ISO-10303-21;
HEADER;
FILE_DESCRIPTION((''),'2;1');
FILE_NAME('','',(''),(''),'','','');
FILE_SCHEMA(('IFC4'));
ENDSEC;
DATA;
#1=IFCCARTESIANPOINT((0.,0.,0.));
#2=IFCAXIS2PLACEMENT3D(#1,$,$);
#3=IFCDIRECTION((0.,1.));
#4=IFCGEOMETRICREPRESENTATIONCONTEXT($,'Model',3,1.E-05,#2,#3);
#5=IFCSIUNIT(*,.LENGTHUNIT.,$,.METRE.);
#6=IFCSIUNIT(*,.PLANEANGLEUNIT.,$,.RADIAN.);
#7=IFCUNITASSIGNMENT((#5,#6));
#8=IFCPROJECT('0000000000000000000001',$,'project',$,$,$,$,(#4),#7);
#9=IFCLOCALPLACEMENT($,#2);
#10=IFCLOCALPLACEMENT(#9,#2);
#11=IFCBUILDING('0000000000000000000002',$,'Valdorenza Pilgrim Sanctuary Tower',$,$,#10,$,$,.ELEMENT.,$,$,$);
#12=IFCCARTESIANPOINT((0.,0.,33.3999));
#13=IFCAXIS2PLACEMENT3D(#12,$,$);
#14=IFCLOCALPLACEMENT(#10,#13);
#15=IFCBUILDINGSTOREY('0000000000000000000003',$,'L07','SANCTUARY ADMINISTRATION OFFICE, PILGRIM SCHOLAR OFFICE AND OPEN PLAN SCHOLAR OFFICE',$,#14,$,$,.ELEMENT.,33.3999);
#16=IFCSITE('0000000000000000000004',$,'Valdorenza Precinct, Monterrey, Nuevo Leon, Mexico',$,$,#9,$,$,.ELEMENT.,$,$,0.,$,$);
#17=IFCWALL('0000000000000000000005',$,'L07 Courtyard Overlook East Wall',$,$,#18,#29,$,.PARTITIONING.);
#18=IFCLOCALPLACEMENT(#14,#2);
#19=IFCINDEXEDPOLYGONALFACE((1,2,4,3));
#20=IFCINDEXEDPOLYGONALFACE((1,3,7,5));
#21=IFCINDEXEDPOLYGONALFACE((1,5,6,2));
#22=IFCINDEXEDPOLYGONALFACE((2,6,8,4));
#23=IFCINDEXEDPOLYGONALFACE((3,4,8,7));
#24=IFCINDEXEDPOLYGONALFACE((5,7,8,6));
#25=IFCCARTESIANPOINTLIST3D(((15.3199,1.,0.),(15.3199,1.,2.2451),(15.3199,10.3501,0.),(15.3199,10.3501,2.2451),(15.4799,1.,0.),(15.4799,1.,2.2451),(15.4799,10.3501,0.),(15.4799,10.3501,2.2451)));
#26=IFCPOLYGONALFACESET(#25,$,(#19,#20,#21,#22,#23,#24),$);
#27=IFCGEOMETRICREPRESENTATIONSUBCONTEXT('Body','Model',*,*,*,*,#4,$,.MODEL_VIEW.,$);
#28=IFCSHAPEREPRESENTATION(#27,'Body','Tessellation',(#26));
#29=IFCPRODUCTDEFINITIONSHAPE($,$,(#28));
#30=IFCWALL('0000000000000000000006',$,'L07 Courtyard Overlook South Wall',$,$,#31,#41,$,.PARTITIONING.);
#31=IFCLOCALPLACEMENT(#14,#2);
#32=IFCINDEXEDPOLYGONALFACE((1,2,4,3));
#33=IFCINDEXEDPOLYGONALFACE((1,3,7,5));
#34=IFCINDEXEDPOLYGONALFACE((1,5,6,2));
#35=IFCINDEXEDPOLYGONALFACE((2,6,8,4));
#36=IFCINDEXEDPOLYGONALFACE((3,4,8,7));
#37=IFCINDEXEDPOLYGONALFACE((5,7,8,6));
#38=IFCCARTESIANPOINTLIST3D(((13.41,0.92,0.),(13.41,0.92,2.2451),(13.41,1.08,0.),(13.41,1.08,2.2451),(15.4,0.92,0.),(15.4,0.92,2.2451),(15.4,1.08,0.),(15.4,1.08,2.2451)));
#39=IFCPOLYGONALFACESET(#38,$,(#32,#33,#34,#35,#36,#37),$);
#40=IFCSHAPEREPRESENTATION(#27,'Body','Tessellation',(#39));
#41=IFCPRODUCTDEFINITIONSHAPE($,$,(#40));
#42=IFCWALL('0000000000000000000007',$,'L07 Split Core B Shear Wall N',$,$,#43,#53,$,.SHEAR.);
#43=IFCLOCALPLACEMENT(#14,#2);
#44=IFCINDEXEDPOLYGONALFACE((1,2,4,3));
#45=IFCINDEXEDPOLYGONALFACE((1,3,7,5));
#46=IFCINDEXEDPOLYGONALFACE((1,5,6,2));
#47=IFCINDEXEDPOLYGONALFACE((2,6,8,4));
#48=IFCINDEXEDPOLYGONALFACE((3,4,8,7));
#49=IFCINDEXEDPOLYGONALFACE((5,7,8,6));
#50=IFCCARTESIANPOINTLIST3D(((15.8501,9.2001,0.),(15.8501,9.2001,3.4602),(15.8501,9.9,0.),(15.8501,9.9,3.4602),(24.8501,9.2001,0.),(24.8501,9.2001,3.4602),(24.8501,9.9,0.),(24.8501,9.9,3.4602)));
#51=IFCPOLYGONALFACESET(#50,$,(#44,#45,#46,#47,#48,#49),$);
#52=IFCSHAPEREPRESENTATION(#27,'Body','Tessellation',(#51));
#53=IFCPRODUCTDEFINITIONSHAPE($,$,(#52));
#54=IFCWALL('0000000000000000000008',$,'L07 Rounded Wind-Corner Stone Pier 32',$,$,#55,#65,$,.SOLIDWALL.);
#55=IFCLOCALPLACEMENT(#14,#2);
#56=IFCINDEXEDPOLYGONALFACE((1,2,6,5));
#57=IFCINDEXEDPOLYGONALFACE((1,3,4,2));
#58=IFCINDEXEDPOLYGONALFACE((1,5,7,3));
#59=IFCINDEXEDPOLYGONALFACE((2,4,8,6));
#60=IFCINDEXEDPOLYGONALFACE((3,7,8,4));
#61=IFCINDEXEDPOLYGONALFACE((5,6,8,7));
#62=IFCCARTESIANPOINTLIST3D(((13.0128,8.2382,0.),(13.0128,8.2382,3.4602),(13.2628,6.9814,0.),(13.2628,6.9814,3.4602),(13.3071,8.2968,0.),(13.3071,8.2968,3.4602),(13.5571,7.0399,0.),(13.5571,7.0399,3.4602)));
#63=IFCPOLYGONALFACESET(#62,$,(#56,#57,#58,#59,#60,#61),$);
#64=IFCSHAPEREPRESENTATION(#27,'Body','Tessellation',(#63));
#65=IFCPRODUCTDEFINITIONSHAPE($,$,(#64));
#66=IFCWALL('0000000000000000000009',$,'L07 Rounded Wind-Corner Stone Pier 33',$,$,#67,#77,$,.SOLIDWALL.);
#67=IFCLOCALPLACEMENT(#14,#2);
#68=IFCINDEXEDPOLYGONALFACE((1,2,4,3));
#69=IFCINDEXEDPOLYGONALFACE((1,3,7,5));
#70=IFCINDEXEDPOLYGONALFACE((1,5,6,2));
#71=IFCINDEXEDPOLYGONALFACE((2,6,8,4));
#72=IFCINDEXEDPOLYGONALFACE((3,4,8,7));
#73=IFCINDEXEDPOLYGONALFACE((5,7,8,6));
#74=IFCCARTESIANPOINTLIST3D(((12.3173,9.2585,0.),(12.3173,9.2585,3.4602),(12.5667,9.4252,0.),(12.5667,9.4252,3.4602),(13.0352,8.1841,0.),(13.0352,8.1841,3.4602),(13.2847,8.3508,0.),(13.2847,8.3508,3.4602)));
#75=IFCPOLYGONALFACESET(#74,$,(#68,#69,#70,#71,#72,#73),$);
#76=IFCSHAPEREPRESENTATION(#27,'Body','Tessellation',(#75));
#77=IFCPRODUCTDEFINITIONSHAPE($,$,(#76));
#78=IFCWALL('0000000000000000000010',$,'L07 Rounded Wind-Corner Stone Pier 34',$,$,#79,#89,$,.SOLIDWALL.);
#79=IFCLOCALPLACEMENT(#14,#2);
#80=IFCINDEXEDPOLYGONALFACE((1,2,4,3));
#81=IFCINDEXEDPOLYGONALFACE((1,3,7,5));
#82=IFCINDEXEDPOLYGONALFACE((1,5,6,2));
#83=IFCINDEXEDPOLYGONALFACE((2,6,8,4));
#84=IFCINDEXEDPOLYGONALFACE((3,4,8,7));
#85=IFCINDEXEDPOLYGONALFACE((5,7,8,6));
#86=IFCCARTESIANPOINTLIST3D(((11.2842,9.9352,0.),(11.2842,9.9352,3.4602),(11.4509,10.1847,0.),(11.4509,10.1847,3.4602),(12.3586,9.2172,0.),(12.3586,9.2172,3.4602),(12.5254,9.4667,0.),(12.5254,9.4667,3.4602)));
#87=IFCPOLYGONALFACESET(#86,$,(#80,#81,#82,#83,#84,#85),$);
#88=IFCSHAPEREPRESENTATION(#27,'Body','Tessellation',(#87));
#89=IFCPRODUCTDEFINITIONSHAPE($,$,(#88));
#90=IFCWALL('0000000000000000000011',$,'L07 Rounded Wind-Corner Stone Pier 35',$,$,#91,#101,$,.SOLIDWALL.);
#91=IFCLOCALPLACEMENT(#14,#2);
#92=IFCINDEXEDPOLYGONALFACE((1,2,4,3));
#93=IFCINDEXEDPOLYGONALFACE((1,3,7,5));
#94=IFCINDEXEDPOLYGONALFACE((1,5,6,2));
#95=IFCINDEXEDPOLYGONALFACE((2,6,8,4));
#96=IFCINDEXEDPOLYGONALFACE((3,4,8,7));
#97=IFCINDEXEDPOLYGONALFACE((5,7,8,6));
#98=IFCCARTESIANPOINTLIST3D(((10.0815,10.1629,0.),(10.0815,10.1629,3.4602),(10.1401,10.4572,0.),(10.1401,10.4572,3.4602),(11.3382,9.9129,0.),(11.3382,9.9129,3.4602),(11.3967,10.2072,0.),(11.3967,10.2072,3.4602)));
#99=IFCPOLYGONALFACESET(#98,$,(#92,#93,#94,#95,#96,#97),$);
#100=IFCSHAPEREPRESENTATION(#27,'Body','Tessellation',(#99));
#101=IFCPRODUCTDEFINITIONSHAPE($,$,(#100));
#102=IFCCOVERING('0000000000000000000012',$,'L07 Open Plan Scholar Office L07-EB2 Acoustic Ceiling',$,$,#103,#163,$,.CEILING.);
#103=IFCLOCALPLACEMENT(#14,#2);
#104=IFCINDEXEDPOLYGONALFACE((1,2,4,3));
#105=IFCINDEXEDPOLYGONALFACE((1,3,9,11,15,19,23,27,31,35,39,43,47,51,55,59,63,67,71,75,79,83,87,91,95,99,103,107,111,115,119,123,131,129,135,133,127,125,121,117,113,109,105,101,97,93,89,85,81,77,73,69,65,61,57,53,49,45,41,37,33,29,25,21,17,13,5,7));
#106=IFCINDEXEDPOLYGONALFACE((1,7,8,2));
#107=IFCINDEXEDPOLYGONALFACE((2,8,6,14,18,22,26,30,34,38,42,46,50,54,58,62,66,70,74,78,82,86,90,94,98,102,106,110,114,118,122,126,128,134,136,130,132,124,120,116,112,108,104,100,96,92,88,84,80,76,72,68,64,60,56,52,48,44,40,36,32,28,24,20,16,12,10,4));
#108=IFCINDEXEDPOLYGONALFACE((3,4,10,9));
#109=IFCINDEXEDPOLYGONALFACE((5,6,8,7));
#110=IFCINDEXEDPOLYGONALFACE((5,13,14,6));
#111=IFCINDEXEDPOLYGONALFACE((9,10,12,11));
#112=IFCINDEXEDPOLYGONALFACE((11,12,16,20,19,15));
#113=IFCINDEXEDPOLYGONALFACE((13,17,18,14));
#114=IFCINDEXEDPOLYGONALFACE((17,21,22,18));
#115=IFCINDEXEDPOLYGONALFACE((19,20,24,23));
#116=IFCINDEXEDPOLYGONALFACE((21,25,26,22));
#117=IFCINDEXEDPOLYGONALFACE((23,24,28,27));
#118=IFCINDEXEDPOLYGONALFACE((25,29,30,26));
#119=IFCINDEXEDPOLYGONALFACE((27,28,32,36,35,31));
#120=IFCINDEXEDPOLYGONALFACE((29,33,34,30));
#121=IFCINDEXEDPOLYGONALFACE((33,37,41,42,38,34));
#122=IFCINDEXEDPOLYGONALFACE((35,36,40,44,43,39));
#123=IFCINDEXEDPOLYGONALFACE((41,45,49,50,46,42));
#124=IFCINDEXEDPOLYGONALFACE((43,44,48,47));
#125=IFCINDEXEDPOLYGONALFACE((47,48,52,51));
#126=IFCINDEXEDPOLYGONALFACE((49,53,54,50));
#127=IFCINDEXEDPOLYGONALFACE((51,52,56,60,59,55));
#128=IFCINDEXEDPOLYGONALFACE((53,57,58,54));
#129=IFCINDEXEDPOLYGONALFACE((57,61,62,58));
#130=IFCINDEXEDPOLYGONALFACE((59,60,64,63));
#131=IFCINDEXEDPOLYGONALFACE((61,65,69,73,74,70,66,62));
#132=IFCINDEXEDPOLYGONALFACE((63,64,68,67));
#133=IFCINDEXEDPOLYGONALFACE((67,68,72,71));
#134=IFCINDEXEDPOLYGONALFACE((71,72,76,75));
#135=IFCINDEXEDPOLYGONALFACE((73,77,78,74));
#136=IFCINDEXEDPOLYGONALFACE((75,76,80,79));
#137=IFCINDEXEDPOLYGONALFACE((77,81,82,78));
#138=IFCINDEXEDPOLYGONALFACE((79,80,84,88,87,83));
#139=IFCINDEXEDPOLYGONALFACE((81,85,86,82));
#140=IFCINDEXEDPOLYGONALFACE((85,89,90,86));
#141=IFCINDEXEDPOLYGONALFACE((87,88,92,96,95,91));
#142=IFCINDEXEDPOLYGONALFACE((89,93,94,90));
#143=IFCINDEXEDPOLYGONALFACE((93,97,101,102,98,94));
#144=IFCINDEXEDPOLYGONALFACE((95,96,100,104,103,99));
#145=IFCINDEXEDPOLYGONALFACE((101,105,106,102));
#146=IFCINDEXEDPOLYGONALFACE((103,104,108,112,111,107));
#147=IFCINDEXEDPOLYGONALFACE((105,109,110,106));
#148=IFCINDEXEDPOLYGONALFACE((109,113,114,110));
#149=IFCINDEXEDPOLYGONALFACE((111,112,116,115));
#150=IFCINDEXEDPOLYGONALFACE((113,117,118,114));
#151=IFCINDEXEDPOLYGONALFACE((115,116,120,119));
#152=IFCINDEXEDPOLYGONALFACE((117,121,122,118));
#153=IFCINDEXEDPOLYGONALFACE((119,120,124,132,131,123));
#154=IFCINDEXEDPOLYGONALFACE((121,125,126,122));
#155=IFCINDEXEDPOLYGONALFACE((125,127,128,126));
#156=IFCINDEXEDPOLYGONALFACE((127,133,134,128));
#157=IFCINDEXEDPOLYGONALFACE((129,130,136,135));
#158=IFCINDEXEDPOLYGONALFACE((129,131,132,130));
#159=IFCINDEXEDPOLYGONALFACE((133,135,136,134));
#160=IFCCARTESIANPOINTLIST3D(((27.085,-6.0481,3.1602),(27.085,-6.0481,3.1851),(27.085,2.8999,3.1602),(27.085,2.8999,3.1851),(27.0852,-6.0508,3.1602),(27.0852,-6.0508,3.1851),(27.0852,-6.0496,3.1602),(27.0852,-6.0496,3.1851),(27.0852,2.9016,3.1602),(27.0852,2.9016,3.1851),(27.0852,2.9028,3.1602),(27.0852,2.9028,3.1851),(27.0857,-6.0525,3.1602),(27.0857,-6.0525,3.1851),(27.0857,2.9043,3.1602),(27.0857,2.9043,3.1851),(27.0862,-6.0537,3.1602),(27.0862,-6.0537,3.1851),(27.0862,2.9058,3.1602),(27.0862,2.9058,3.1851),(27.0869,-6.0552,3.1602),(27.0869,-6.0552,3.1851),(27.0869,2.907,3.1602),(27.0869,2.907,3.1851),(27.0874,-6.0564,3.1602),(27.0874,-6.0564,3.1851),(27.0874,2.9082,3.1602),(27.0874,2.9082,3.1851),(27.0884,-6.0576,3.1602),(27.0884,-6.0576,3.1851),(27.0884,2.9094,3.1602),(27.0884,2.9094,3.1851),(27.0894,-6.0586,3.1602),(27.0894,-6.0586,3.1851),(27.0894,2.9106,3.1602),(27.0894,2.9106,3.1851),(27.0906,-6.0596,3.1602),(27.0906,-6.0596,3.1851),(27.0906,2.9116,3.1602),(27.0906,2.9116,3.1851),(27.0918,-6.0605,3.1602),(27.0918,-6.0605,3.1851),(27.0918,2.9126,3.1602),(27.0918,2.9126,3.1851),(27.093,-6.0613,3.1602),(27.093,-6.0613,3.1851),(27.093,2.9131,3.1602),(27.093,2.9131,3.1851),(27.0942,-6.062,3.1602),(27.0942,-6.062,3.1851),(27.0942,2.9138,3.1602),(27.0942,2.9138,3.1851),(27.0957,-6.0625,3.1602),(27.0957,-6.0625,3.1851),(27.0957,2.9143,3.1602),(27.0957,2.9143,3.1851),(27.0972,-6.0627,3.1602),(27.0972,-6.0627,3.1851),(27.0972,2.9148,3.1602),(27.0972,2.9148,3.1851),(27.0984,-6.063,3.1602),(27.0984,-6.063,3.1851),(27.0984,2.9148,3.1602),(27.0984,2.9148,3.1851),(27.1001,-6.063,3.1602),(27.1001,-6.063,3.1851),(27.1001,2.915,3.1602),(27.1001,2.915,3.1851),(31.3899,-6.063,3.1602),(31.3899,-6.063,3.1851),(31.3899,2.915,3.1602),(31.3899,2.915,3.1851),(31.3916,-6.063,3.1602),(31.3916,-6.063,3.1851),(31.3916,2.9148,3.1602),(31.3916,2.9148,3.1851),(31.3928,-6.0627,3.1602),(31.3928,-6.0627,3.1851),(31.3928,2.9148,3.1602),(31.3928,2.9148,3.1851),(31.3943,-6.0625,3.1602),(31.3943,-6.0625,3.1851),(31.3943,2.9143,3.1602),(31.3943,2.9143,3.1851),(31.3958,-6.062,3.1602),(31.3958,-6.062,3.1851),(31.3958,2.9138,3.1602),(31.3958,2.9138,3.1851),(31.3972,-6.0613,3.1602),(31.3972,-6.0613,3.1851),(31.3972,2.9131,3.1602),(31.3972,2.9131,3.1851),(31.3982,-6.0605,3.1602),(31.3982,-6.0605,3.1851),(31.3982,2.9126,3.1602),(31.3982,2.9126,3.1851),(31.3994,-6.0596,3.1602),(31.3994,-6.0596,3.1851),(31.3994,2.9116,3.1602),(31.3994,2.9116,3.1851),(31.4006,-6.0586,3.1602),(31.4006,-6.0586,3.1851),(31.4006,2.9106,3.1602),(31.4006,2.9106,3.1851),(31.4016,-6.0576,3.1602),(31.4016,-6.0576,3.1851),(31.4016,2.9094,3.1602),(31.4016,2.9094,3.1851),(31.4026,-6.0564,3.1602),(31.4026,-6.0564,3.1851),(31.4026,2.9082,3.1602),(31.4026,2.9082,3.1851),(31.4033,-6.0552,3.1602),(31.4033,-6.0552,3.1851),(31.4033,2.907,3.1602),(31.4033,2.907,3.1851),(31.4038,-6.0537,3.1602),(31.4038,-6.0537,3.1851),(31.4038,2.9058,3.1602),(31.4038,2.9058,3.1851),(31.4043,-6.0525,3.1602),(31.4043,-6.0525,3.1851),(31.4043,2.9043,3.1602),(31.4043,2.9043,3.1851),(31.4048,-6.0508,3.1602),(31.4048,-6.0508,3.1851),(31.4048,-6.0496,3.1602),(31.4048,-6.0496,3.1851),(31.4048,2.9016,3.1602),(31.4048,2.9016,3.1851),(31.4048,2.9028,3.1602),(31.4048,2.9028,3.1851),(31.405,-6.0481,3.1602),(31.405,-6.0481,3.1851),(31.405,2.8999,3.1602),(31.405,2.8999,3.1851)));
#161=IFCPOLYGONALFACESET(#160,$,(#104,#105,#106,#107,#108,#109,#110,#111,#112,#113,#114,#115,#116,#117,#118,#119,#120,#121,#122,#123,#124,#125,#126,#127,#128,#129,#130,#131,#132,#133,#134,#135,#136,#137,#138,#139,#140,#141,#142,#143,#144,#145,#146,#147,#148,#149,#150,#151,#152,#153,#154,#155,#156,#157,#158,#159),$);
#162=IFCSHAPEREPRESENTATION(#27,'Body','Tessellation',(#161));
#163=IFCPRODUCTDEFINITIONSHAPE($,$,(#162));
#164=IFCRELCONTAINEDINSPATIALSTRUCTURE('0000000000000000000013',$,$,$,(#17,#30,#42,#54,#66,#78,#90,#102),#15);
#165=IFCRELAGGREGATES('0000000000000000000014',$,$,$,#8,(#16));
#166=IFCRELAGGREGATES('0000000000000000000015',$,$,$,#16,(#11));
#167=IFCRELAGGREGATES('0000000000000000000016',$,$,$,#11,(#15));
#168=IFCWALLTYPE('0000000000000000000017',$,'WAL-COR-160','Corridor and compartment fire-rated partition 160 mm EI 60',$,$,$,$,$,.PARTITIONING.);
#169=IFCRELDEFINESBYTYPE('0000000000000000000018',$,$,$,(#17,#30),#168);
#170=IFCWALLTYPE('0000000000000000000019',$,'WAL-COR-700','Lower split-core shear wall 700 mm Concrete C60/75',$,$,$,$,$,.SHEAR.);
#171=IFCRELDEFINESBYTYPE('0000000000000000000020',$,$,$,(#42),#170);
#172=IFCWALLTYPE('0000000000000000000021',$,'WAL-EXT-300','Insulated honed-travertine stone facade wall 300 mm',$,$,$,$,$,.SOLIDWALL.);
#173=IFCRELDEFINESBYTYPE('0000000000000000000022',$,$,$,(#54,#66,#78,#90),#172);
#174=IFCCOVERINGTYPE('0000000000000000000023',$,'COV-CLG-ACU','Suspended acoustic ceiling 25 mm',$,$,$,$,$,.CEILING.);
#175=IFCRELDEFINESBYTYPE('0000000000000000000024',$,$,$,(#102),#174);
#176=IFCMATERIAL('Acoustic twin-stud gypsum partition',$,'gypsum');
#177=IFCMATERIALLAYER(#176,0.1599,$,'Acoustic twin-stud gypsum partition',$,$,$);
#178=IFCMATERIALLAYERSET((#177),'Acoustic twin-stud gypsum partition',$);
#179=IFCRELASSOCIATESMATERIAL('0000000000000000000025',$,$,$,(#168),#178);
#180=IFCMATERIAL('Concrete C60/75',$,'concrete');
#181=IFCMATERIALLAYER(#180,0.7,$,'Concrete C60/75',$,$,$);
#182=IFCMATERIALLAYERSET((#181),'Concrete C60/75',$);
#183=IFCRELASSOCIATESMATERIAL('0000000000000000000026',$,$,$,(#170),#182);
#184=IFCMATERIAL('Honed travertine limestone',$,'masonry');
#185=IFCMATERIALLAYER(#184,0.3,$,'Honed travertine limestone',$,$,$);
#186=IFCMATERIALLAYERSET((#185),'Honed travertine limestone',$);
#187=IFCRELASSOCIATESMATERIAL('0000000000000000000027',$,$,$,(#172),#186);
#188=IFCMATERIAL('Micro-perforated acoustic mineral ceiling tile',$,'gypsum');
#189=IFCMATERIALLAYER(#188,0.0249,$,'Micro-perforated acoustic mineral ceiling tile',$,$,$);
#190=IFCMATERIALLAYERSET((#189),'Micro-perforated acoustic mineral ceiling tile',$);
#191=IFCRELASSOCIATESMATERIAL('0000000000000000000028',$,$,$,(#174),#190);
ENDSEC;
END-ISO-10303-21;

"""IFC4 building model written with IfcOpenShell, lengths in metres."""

from ifc_helpers import new_model, si_unit, direction, frame, frame_2d, origin, place, context, subcontext, project, spatial, polyline, rectangle, outline, extrude, material, layer, layer_set, type_object, element, save


model = new_model("IFC4")

# Units and contexts
model_context = context("Model", 3, precision=1e-05, world=origin(), true_north=direction((0.0, 1.0)))
body_context = subcontext(model_context, "Body", "Model", "MODEL_VIEW")
ifc_project = project(units=[si_unit("LENGTHUNIT", "METRE"), si_unit("PLANEANGLEUNIT", "RADIAN")], contexts=[model_context])

# Site, building, storey
site_placement = place(None, origin())
site = spatial("IfcSite", under=ifc_project, at=site_placement, Name="Valdorenza Precinct, Monterrey, Nuevo Leon, Mexico", CompositionType="ELEMENT", RefElevation=0.0)
building_placement = place(site_placement, origin())
building = spatial("IfcBuilding", under=site, at=building_placement, Name="Valdorenza Pilgrim Sanctuary Tower", CompositionType="ELEMENT")
storey_placement = place(building_placement, frame((0.0, 0.0, 33.3999)))
storey = spatial("IfcBuildingStorey", under=building, at=storey_placement, Name="L07", Description="SANCTUARY ADMINISTRATION OFFICE, PILGRIM SCHOLAR OFFICE AND OPEN PLAN SCHOLAR OFFICE", CompositionType="ELEMENT", Elevation=33.3999)

# Shared definitions
ifc_material_1 = material(Name="Concrete C60/75", Category="concrete")

# Shared definitions
ifc_material_2 = material(Name="Honed travertine limestone", Category="masonry")

# Shared definitions
ifc_material_3 = material(Name="Acoustic twin-stud gypsum partition", Category="gypsum")
ifc_layer_1 = layer(ifc_material_3, 0.1599, Name="Acoustic twin-stud gypsum partition")
ifc_layer_set_1 = layer_set([ifc_layer_1], Name="Acoustic twin-stud gypsum partition")
wall_type_1 = type_object("IfcWallType", Name="WAL-COR-160", Description="Corridor and compartment fire-rated partition 160 mm EI 60", PredefinedType="PARTITIONING", material=ifc_layer_set_1)

# Walls
wall_1_placement = place(storey_placement, frame((15.3999, 1.0, 0.0), z_axis=(0.0, 0.0, 1.0), x_axis=(0.0, 1.0, 0.0)))
element("IfcWall", 1, at=wall_1_placement, inside=storey, type_object=wall_type_1, Name="L07 Courtyard Overlook East Wall", PredefinedType="PARTITIONING", context=body_context, shape_type="SweptSolid", body=[
    extrude(rectangle(XDim=9.3501, YDim=0.1599, at=frame_2d((4.675, 0.0))), origin(), (0.0, 0.0, 1.0), 2.2451),
])
wall_2_placement = place(storey_placement, frame((13.4099, 1.0, 0.0), z_axis=(0.0, 0.0, 1.0), x_axis=(1.0, 0.0, 0.0)))
element("IfcWall", 2, at=wall_2_placement, inside=storey, type_object=wall_type_1, Name="L07 Courtyard Overlook South Wall", PredefinedType="PARTITIONING", context=body_context, shape_type="SweptSolid", body=[
    extrude(rectangle(XDim=1.99, YDim=0.1599, at=frame_2d((0.9951, 0.0))), origin(), (0.0, 0.0, 1.0), 2.2451),
])
ifc_layer_2 = layer(ifc_material_1, 0.7, Name="Concrete C60/75")
ifc_layer_set_2 = layer_set([ifc_layer_2], Name="Concrete C60/75")
wall_type_2 = type_object("IfcWallType", Name="WAL-COR-700", Description="Lower split-core shear wall 700 mm Concrete C60/75", PredefinedType="SHEAR", material=ifc_layer_set_2)
wall_3_placement = place(storey_placement, frame((15.8501, 9.55, 0.0), z_axis=(0.0, 0.0, 1.0), x_axis=(1.0, 0.0, 0.0)))
element("IfcWall", 3, at=wall_3_placement, inside=storey, type_object=wall_type_2, Name="L07 Split Core B Shear Wall N", PredefinedType="SHEAR", context=body_context, shape_type="SweptSolid", body=[
    extrude(rectangle(XDim=9.0, YDim=0.7, at=frame_2d((4.5, 0.0))), origin(), (0.0, 0.0, 1.0), 3.4602),
])
ifc_layer_3 = layer(ifc_material_2, 0.3, Name="Honed travertine limestone")
ifc_layer_set_3 = layer_set([ifc_layer_3], Name="Honed travertine limestone")
wall_type_3 = type_object("IfcWallType", Name="WAL-EXT-300", Description="Insulated honed-travertine stone facade wall 300 mm", PredefinedType="SOLIDWALL", material=ifc_layer_set_3)
wall_4_placement = place(storey_placement, frame((13.4099, 7.0107, 0.0), z_axis=(0.0, 0.0, 1.0), x_axis=(-0.19509, 0.980785, 0.0)))
element("IfcWall", 4, at=wall_4_placement, inside=storey, type_object=wall_type_3, Name="L07 Rounded Wind-Corner Stone Pier 32", PredefinedType="SOLIDWALL", context=body_context, shape_type="SweptSolid", body=[
    extrude(rectangle(XDim=1.2815, YDim=0.3, at=frame_2d((0.6406, 0.0))), origin(), (0.0, 0.0, 1.0), 3.4602),
])
for number, where, z_axis, x_axis, name in (
    (5, (13.1599, 8.2676, 0.0), (0.0, 0.0, 1.0), (-0.555615, 0.831439, 0.0), "L07 Rounded Wind-Corner Stone Pier 33"),
    (6, (12.4419, 9.342, 0.0), (0.0, 0.0, 1.0), (-0.831439, 0.555615, 0.0), "L07 Rounded Wind-Corner Stone Pier 34"),
):
    element("IfcWall", number, at=place(storey_placement, frame(where, z_axis=z_axis, x_axis=x_axis)), inside=storey, type_object=wall_type_3, Name=name, PredefinedType="SOLIDWALL", context=body_context, shape_type="SweptSolid", body=[
        extrude(rectangle(XDim=1.2922, YDim=0.3, at=frame_2d((0.646, 0.0))), origin(), (0.0, 0.0, 1.0), 3.4602),
    ])
wall_5_placement = place(storey_placement, frame((11.3674, 10.0601, 0.0), z_axis=(0.0, 0.0, 1.0), x_axis=(-0.980778, 0.195127, 0.0)))
element("IfcWall", 7, at=wall_5_placement, inside=storey, type_object=wall_type_3, Name="L07 Rounded Wind-Corner Stone Pier 35", PredefinedType="SOLIDWALL", context=body_context, shape_type="SweptSolid", body=[
    extrude(rectangle(XDim=1.2812, YDim=0.3, at=frame_2d((0.6406, 0.0))), origin(), (0.0, 0.0, 1.0), 3.4602),
])

# Covering
ifc_material_4 = material(Name="Micro-perforated acoustic mineral ceiling tile", Category="gypsum")
ifc_layer_4 = layer(ifc_material_4, 0.0249, Name="Micro-perforated acoustic mineral ceiling tile")
ifc_layer_set_4 = layer_set([ifc_layer_4], Name="Micro-perforated acoustic mineral ceiling tile")
covering_type_1 = type_object("IfcCoveringType", Name="COV-CLG-ACU", Description="Suspended acoustic ceiling 25 mm", PredefinedType="CEILING", material=ifc_layer_set_4)
covering_1_placement = place(storey_placement, frame((0.0, 0.0, 3.1602)))
element("IfcCovering", 8, at=covering_1_placement, inside=storey, type_object=covering_type_1, Name="L07 Open Plan Scholar Office L07-EB2 Acoustic Ceiling", PredefinedType="CEILING", context=body_context, shape_type="SweptSolid", body=[
    extrude(outline(polyline([(27.085, 2.8999), (27.0852, 2.9016), (27.0852, 2.9028), (27.0857, 2.9043), (27.0862, 2.9058), (27.0869, 2.907), (27.0874, 2.9082), (27.0884, 2.9094), (27.0894, 2.9106), (27.0906, 2.9116), (27.0918, 2.9126), (27.093, 2.9131), (27.0942, 2.9138), (27.0957, 2.9143), (27.0972, 2.9148), (27.0984, 2.9148), (27.1001, 2.915), (31.3899, 2.915), (31.3916, 2.9148), (31.3928, 2.9148), (31.3943, 2.9143), (31.3958, 2.9138), (31.3972, 2.9131), (31.3982, 2.9126), (31.3994, 2.9116), (31.4006, 2.9106), (31.4016, 2.9094), (31.4026, 2.9082), (31.4033, 2.907), (31.4038, 2.9058), (31.4043, 2.9043), (31.4048, 2.9028), (31.4048, 2.9016), (31.405, 2.8999), (31.405, -6.0481), (31.4048, -6.0496), (31.4048, -6.0508), (31.4043, -6.0525), (31.4038, -6.0537), (31.4033, -6.0552), (31.4026, -6.0564), (31.4016, -6.0576), (31.4006, -6.0586), (31.3994, -6.0596), (31.3982, -6.0605), (31.3972, -6.0613), (31.3958, -6.062), (31.3943, -6.0625), (31.3928, -6.0627), (31.3916, -6.063), (31.3899, -6.063), (27.1001, -6.063), (27.0984, -6.063), (27.0972, -6.0627), (27.0957, -6.0625), (27.0942, -6.062), (27.093, -6.0613), (27.0918, -6.0605), (27.0906, -6.0596), (27.0894, -6.0586), (27.0884, -6.0576), (27.0874, -6.0564), (27.0869, -6.0552), (27.0862, -6.0537), (27.0857, -6.0525), (27.0852, -6.0508), (27.0852, -6.0496), (27.085, -6.0481), (27.085, 2.8999)])), origin(), (0.0, 0.0, 1.0), 0.0249),
])

save(model, "model.ifc")
